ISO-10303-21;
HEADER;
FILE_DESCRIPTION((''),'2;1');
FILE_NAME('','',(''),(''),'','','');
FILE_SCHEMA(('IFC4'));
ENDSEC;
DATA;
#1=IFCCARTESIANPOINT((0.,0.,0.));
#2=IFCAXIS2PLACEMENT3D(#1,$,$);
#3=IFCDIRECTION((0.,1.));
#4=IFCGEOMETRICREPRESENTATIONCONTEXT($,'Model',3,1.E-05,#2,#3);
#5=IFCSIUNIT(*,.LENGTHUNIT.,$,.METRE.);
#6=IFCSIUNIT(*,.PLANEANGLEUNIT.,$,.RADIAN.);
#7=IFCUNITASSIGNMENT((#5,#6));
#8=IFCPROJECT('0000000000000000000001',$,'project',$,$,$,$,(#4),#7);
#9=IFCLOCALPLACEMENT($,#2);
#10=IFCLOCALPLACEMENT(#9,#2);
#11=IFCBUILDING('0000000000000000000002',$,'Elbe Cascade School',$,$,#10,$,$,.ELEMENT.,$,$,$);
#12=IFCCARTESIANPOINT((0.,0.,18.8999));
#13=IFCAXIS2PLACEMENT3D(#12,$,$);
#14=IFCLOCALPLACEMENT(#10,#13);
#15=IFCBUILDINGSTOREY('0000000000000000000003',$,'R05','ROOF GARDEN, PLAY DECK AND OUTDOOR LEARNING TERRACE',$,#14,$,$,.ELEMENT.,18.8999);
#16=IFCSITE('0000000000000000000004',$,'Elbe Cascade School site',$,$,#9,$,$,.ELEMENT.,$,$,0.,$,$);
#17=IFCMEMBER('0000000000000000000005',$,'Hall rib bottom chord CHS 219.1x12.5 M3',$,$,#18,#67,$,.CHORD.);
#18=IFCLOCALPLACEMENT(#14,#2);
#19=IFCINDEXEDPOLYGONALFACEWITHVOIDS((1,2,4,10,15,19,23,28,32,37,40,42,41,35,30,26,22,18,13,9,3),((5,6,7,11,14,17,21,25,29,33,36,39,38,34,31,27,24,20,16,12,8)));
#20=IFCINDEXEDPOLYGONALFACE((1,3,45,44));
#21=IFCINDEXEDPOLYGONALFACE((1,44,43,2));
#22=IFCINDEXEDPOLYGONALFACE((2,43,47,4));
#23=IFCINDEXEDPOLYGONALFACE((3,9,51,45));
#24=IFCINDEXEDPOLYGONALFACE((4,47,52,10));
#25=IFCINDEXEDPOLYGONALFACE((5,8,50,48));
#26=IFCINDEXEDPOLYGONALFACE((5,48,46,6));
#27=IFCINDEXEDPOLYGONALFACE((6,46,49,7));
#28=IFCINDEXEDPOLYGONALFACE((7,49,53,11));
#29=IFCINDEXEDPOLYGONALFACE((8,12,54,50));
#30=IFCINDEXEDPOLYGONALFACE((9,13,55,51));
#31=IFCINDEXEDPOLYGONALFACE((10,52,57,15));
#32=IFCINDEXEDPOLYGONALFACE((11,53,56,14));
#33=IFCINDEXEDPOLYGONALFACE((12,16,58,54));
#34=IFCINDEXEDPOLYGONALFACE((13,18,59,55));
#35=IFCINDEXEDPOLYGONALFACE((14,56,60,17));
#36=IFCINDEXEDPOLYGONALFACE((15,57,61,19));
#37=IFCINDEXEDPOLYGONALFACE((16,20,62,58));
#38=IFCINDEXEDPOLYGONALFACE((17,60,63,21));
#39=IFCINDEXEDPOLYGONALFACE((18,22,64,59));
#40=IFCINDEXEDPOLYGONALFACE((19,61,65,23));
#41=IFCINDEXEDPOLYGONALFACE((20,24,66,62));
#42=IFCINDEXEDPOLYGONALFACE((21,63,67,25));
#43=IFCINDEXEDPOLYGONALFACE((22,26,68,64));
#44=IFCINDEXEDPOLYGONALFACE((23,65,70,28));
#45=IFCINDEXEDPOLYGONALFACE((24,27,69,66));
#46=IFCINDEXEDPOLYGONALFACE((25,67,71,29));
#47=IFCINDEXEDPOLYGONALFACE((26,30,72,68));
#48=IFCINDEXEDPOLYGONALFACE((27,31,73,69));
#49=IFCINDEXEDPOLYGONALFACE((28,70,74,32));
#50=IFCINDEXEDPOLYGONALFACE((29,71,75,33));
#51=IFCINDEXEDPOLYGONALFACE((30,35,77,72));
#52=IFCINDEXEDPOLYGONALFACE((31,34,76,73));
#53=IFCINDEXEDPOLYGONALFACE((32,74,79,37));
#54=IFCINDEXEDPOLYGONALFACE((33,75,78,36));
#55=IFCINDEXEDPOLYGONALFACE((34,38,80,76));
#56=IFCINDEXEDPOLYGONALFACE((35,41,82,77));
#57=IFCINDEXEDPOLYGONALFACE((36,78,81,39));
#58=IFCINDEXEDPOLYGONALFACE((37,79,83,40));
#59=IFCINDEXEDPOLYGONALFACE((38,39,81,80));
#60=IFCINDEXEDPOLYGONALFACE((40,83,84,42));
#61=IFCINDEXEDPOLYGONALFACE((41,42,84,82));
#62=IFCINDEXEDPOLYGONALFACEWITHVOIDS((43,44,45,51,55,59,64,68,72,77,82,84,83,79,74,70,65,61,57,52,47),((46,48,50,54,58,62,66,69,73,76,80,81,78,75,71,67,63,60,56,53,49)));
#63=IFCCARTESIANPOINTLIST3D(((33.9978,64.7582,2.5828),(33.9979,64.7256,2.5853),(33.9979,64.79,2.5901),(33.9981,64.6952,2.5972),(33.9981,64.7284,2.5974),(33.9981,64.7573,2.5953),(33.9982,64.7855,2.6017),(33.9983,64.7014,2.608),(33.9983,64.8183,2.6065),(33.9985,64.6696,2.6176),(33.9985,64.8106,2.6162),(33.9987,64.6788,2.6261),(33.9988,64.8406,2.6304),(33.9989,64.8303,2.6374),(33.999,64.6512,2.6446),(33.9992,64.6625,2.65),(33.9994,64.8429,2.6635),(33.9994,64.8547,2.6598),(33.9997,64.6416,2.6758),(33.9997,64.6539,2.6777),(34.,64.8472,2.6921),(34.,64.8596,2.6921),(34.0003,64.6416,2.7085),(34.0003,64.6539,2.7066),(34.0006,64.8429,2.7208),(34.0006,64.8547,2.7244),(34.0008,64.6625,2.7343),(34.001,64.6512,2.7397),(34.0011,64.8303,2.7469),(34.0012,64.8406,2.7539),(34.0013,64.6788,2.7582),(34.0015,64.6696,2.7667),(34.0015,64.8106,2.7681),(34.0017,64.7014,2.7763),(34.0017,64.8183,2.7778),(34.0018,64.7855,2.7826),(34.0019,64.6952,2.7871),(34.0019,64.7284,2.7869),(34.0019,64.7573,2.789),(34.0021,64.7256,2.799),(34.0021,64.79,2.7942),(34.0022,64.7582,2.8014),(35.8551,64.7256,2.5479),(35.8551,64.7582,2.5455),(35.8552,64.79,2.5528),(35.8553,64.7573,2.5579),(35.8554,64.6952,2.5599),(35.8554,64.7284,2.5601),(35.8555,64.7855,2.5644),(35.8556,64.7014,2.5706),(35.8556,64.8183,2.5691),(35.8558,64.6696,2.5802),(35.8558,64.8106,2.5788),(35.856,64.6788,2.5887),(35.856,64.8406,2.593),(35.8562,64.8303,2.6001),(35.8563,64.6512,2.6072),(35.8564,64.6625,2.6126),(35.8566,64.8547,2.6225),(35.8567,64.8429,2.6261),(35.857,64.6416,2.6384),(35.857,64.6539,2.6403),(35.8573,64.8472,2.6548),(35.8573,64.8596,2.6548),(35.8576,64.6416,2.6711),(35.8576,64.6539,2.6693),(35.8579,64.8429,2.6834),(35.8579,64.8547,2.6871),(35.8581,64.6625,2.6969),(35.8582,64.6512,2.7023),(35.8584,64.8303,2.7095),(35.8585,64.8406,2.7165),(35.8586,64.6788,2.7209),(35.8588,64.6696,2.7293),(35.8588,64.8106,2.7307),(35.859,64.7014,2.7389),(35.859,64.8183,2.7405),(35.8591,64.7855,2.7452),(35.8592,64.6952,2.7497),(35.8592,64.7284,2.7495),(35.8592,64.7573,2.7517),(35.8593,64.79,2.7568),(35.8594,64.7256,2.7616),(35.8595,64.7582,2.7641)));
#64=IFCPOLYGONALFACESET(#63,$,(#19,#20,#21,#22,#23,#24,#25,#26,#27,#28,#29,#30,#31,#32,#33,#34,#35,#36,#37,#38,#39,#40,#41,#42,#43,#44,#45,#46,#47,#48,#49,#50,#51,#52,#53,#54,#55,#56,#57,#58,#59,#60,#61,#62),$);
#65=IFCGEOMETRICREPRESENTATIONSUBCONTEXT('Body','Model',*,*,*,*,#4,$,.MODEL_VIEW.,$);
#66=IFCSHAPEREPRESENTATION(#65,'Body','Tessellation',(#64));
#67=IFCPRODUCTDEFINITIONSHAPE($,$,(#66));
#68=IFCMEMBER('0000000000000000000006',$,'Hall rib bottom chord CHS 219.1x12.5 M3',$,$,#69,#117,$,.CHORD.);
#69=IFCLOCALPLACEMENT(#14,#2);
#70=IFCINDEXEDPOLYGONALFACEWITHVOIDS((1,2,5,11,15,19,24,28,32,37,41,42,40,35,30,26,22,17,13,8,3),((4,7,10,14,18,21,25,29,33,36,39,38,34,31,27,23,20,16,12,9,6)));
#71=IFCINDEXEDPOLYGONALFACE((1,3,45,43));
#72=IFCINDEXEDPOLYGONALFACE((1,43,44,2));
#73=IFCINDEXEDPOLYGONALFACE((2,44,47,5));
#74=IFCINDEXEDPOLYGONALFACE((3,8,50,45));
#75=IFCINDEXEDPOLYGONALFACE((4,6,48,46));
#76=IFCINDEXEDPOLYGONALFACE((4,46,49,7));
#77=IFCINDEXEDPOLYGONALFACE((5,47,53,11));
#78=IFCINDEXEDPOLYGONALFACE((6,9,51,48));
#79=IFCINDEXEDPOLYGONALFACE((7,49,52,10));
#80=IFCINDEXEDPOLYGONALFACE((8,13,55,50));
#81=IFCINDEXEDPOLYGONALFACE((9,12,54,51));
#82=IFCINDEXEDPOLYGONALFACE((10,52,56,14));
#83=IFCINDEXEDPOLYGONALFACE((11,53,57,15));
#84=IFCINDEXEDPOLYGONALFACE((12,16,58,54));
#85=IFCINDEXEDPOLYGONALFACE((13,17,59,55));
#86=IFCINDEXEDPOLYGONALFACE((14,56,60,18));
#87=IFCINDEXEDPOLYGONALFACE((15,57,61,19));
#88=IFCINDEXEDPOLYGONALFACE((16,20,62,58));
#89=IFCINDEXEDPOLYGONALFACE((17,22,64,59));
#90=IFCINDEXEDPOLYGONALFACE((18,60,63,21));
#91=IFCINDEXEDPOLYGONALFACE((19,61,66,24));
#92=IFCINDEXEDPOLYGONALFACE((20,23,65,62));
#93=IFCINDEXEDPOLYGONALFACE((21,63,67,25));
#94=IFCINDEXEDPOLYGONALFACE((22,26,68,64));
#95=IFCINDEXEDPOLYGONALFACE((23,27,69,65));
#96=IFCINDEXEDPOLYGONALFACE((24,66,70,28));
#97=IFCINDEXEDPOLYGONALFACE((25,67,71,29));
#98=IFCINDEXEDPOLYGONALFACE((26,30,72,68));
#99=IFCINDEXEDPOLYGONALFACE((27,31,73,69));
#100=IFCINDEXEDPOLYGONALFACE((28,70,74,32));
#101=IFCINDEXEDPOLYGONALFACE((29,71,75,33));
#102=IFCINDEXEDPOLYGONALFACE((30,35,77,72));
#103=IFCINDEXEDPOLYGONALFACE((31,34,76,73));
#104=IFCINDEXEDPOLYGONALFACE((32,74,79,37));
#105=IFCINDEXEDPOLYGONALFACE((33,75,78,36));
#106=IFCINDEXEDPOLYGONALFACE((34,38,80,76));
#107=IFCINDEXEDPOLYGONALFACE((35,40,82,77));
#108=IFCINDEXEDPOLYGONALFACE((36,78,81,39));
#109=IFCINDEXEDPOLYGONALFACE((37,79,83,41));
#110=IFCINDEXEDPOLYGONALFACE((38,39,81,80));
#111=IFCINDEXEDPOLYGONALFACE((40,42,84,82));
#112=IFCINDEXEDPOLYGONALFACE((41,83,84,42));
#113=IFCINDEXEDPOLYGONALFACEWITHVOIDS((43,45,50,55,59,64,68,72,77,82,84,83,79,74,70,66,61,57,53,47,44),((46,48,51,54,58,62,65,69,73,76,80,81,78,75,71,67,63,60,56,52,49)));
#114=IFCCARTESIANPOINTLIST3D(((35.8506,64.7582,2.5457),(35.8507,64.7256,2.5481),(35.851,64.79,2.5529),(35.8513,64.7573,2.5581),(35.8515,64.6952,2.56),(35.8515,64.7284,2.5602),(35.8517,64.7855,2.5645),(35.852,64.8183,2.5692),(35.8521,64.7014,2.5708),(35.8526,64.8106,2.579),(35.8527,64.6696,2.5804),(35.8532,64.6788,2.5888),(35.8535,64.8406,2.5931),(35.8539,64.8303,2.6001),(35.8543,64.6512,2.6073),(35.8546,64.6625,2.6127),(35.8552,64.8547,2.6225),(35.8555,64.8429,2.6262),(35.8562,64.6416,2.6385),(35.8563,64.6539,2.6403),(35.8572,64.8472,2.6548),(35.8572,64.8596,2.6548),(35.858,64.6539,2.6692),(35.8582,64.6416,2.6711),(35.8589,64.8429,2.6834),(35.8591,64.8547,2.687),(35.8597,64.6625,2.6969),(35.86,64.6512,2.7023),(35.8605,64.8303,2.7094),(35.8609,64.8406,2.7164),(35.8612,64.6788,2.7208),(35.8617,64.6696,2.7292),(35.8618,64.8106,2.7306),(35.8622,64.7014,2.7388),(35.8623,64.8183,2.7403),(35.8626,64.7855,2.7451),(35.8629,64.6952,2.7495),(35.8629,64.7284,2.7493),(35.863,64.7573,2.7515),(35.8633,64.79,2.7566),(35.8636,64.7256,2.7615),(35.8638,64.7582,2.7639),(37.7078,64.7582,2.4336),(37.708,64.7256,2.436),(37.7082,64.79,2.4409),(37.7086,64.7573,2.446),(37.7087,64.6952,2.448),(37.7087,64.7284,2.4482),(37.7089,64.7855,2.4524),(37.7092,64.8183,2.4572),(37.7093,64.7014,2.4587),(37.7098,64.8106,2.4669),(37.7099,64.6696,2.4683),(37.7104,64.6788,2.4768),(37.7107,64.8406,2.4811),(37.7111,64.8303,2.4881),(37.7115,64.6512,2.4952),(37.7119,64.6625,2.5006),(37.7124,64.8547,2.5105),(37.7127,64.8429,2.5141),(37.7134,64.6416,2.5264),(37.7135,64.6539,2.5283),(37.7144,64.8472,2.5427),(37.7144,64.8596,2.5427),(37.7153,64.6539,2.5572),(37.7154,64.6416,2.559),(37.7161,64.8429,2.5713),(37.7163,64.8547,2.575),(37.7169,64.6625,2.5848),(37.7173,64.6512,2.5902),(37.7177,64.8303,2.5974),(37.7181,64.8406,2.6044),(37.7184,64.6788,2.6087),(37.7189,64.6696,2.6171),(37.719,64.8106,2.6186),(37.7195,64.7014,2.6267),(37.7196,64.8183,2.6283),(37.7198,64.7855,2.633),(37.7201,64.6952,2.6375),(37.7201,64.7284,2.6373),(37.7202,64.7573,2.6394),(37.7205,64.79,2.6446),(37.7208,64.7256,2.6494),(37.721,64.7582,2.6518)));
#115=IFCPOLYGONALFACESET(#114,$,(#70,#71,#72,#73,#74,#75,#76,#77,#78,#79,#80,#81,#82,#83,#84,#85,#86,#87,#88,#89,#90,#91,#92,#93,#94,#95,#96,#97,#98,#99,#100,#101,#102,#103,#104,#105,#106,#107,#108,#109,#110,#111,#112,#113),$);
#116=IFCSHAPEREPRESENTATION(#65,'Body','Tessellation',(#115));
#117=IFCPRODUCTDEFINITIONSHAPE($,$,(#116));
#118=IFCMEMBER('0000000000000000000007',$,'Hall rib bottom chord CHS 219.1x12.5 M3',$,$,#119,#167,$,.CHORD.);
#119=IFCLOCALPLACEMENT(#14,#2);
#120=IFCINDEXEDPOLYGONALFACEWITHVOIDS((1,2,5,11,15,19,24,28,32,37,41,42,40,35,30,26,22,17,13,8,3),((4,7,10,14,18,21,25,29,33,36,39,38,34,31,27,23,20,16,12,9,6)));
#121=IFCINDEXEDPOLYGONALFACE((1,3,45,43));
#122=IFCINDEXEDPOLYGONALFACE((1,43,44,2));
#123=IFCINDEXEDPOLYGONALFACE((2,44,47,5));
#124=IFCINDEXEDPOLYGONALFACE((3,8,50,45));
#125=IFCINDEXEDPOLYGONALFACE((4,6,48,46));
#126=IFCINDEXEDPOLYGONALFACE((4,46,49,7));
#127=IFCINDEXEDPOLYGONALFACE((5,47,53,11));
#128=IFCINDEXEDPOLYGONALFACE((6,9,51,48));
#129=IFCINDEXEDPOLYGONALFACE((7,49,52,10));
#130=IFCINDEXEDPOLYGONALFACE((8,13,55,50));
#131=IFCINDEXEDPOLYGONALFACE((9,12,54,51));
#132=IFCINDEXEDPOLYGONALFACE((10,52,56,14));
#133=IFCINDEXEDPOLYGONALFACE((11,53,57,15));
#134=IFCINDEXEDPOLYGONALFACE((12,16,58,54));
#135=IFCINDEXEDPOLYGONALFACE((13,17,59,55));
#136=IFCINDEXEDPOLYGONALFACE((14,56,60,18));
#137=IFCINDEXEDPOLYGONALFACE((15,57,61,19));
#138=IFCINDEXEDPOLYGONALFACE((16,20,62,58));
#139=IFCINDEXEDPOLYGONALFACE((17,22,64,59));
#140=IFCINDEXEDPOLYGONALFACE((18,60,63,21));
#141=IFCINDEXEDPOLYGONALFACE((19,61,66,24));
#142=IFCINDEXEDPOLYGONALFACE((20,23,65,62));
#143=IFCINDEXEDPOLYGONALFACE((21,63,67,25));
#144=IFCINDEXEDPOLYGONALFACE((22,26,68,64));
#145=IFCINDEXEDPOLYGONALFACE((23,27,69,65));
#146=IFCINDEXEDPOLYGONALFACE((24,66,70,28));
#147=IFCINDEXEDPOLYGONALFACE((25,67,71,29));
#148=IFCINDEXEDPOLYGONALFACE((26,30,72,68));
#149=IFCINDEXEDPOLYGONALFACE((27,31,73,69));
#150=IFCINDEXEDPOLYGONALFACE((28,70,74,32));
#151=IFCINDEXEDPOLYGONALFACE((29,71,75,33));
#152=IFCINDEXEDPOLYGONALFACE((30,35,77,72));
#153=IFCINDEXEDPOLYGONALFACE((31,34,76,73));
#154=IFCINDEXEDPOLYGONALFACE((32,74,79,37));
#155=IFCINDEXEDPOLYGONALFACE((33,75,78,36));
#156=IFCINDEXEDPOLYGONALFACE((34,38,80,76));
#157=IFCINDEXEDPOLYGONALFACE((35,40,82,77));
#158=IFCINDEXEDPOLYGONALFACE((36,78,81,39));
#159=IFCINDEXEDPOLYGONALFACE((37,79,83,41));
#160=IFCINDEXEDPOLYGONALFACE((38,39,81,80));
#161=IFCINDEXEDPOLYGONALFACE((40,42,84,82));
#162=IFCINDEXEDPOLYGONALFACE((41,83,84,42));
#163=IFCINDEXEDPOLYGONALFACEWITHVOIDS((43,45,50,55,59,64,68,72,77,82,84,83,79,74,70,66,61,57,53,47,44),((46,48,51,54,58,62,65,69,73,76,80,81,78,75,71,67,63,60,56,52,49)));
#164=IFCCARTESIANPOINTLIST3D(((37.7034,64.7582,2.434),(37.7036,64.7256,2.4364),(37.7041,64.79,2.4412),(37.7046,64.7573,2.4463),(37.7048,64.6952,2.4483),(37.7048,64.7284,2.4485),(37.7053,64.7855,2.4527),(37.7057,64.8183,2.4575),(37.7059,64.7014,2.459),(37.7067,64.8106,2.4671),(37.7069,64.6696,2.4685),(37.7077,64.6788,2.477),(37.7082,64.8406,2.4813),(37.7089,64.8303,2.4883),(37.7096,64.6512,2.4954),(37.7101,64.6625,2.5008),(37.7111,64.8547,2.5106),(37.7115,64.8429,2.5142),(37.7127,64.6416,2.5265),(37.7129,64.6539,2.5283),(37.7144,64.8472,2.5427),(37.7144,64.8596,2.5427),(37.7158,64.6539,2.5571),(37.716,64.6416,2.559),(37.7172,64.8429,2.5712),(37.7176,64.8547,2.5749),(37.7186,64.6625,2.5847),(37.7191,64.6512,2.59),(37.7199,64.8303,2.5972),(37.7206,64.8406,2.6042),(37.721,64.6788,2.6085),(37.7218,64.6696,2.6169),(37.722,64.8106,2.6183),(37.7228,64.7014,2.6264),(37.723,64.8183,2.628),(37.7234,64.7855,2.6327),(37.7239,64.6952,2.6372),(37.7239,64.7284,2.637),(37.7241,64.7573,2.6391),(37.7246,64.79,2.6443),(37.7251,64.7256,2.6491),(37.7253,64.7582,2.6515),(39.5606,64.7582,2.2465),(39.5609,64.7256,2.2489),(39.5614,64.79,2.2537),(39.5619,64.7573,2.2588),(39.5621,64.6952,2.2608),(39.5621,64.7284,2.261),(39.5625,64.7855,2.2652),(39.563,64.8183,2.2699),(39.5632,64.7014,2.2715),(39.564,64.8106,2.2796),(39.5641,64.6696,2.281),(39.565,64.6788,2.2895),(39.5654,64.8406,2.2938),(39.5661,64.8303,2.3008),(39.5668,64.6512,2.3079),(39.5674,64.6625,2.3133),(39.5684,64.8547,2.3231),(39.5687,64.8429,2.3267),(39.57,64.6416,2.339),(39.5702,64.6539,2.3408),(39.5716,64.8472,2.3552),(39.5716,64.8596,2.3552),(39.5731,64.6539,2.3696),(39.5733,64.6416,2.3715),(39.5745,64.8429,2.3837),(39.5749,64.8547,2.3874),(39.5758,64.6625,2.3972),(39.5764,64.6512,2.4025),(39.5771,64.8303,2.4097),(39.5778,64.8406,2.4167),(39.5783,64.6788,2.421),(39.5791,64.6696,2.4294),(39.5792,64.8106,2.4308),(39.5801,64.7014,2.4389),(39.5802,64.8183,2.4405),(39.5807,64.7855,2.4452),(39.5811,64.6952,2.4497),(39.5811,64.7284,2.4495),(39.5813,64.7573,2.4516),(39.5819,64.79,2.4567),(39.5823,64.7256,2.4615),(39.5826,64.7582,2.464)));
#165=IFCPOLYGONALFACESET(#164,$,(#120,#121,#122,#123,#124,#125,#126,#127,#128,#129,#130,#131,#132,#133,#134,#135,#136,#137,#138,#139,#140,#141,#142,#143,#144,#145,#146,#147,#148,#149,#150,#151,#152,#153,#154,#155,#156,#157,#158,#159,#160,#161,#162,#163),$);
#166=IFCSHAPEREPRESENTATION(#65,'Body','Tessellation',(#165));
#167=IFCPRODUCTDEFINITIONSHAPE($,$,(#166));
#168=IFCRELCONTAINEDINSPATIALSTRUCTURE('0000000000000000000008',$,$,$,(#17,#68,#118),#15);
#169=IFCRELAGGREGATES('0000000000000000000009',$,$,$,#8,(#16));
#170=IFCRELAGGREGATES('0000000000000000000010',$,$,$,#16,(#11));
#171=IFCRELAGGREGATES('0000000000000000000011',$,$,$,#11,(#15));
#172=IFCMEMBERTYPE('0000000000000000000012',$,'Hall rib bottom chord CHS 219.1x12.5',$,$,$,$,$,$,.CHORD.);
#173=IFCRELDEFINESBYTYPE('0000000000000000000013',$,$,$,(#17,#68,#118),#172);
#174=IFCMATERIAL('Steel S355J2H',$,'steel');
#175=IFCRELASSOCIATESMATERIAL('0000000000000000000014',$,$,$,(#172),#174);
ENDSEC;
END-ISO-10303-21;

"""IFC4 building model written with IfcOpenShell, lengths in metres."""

from ifc_helpers import new_model, si_unit, direction, frame, origin, origin_2d, place, context, subcontext, project, spatial, hollow_circle, extrude, material, material_profile, profile_set, type_object, element, save


model = new_model("IFC4")

# Units and contexts
model_context = context("Model", 3, precision=1e-05, world=origin(), true_north=direction((0.0, 1.0)))
body_context = subcontext(model_context, "Body", "Model", "MODEL_VIEW")
ifc_project = project(units=[si_unit("LENGTHUNIT", "METRE"), si_unit("PLANEANGLEUNIT", "RADIAN")], contexts=[model_context])

# Site, building, storey
site_placement = place(None, origin())
site = spatial("IfcSite", under=ifc_project, at=site_placement, Name="Elbe Cascade School site", CompositionType="ELEMENT", RefElevation=0.0)
building_placement = place(site_placement, origin())
building = spatial("IfcBuilding", under=site, at=building_placement, Name="Elbe Cascade School", CompositionType="ELEMENT")
storey_placement = place(building_placement, frame((0.0, 0.0, 18.8999)))
storey = spatial("IfcBuildingStorey", under=building, at=storey_placement, Name="R05", Description="ROOF GARDEN, PLAY DECK AND OUTDOOR LEARNING TERRACE", CompositionType="ELEMENT", Elevation=18.8999)

# Members
ifc_material_1 = material(Name="Steel S355J2H", Category="steel")
ifc_material_profile_1 = material_profile(ifc_material_1, hollow_circle(Radius=0.1096, WallThickness=0.0125, at=origin_2d()), Name="CHS 219.1x12.5")
ifc_profile_set_1 = profile_set([ifc_material_profile_1], Name="Steel S355J2H")
member_type_1 = type_object("IfcMemberType", Name="Hall rib bottom chord CHS 219.1x12.5", PredefinedType="CHORD", material=ifc_profile_set_1)
member_1_placement = place(storey_placement, frame((34.0, 64.75, 2.6921), z_axis=(0.999798, 0.0, -0.020109), x_axis=(0.0, 1.0, 0.0)))
element("IfcMember", 1, at=member_1_placement, inside=storey, type_object=member_type_1, Name="Hall rib bottom chord CHS 219.1x12.5 M3", PredefinedType="CHORD", context=body_context, shape_type="SweptSolid", body=[
    extrude(hollow_circle(Radius=0.1096, WallThickness=0.0125, at=origin_2d()), origin(), (0.0, 0.0, 1.0), 1.8577),
])
member_2_placement = place(storey_placement, frame((35.8572, 64.75, 2.6548), z_axis=(0.998185, 0.0, -0.06023), x_axis=(0.0, 1.0, 0.0)))
element("IfcMember", 2, at=member_2_placement, inside=storey, type_object=member_type_1, Name="Hall rib bottom chord CHS 219.1x12.5 M3", PredefinedType="CHORD", context=body_context, shape_type="SweptSolid", body=[
    extrude(hollow_circle(Radius=0.1096, WallThickness=0.0125, at=origin_2d()), origin(), (0.0, 0.0, 1.0), 1.8606),
])
member_3_placement = place(storey_placement, frame((37.7144, 64.75, 2.5427), z_axis=(0.994942, 0.0, -0.100449), x_axis=(0.0, 1.0, 0.0)))
element("IfcMember", 3, at=member_3_placement, inside=storey, type_object=member_type_1, Name="Hall rib bottom chord CHS 219.1x12.5 M3", PredefinedType="CHORD", context=body_context, shape_type="SweptSolid", body=[
    extrude(hollow_circle(Radius=0.1096, WallThickness=0.0125, at=origin_2d()), origin(), (0.0, 0.0, 1.0), 1.8667),
])

save(model, "model.ifc")
